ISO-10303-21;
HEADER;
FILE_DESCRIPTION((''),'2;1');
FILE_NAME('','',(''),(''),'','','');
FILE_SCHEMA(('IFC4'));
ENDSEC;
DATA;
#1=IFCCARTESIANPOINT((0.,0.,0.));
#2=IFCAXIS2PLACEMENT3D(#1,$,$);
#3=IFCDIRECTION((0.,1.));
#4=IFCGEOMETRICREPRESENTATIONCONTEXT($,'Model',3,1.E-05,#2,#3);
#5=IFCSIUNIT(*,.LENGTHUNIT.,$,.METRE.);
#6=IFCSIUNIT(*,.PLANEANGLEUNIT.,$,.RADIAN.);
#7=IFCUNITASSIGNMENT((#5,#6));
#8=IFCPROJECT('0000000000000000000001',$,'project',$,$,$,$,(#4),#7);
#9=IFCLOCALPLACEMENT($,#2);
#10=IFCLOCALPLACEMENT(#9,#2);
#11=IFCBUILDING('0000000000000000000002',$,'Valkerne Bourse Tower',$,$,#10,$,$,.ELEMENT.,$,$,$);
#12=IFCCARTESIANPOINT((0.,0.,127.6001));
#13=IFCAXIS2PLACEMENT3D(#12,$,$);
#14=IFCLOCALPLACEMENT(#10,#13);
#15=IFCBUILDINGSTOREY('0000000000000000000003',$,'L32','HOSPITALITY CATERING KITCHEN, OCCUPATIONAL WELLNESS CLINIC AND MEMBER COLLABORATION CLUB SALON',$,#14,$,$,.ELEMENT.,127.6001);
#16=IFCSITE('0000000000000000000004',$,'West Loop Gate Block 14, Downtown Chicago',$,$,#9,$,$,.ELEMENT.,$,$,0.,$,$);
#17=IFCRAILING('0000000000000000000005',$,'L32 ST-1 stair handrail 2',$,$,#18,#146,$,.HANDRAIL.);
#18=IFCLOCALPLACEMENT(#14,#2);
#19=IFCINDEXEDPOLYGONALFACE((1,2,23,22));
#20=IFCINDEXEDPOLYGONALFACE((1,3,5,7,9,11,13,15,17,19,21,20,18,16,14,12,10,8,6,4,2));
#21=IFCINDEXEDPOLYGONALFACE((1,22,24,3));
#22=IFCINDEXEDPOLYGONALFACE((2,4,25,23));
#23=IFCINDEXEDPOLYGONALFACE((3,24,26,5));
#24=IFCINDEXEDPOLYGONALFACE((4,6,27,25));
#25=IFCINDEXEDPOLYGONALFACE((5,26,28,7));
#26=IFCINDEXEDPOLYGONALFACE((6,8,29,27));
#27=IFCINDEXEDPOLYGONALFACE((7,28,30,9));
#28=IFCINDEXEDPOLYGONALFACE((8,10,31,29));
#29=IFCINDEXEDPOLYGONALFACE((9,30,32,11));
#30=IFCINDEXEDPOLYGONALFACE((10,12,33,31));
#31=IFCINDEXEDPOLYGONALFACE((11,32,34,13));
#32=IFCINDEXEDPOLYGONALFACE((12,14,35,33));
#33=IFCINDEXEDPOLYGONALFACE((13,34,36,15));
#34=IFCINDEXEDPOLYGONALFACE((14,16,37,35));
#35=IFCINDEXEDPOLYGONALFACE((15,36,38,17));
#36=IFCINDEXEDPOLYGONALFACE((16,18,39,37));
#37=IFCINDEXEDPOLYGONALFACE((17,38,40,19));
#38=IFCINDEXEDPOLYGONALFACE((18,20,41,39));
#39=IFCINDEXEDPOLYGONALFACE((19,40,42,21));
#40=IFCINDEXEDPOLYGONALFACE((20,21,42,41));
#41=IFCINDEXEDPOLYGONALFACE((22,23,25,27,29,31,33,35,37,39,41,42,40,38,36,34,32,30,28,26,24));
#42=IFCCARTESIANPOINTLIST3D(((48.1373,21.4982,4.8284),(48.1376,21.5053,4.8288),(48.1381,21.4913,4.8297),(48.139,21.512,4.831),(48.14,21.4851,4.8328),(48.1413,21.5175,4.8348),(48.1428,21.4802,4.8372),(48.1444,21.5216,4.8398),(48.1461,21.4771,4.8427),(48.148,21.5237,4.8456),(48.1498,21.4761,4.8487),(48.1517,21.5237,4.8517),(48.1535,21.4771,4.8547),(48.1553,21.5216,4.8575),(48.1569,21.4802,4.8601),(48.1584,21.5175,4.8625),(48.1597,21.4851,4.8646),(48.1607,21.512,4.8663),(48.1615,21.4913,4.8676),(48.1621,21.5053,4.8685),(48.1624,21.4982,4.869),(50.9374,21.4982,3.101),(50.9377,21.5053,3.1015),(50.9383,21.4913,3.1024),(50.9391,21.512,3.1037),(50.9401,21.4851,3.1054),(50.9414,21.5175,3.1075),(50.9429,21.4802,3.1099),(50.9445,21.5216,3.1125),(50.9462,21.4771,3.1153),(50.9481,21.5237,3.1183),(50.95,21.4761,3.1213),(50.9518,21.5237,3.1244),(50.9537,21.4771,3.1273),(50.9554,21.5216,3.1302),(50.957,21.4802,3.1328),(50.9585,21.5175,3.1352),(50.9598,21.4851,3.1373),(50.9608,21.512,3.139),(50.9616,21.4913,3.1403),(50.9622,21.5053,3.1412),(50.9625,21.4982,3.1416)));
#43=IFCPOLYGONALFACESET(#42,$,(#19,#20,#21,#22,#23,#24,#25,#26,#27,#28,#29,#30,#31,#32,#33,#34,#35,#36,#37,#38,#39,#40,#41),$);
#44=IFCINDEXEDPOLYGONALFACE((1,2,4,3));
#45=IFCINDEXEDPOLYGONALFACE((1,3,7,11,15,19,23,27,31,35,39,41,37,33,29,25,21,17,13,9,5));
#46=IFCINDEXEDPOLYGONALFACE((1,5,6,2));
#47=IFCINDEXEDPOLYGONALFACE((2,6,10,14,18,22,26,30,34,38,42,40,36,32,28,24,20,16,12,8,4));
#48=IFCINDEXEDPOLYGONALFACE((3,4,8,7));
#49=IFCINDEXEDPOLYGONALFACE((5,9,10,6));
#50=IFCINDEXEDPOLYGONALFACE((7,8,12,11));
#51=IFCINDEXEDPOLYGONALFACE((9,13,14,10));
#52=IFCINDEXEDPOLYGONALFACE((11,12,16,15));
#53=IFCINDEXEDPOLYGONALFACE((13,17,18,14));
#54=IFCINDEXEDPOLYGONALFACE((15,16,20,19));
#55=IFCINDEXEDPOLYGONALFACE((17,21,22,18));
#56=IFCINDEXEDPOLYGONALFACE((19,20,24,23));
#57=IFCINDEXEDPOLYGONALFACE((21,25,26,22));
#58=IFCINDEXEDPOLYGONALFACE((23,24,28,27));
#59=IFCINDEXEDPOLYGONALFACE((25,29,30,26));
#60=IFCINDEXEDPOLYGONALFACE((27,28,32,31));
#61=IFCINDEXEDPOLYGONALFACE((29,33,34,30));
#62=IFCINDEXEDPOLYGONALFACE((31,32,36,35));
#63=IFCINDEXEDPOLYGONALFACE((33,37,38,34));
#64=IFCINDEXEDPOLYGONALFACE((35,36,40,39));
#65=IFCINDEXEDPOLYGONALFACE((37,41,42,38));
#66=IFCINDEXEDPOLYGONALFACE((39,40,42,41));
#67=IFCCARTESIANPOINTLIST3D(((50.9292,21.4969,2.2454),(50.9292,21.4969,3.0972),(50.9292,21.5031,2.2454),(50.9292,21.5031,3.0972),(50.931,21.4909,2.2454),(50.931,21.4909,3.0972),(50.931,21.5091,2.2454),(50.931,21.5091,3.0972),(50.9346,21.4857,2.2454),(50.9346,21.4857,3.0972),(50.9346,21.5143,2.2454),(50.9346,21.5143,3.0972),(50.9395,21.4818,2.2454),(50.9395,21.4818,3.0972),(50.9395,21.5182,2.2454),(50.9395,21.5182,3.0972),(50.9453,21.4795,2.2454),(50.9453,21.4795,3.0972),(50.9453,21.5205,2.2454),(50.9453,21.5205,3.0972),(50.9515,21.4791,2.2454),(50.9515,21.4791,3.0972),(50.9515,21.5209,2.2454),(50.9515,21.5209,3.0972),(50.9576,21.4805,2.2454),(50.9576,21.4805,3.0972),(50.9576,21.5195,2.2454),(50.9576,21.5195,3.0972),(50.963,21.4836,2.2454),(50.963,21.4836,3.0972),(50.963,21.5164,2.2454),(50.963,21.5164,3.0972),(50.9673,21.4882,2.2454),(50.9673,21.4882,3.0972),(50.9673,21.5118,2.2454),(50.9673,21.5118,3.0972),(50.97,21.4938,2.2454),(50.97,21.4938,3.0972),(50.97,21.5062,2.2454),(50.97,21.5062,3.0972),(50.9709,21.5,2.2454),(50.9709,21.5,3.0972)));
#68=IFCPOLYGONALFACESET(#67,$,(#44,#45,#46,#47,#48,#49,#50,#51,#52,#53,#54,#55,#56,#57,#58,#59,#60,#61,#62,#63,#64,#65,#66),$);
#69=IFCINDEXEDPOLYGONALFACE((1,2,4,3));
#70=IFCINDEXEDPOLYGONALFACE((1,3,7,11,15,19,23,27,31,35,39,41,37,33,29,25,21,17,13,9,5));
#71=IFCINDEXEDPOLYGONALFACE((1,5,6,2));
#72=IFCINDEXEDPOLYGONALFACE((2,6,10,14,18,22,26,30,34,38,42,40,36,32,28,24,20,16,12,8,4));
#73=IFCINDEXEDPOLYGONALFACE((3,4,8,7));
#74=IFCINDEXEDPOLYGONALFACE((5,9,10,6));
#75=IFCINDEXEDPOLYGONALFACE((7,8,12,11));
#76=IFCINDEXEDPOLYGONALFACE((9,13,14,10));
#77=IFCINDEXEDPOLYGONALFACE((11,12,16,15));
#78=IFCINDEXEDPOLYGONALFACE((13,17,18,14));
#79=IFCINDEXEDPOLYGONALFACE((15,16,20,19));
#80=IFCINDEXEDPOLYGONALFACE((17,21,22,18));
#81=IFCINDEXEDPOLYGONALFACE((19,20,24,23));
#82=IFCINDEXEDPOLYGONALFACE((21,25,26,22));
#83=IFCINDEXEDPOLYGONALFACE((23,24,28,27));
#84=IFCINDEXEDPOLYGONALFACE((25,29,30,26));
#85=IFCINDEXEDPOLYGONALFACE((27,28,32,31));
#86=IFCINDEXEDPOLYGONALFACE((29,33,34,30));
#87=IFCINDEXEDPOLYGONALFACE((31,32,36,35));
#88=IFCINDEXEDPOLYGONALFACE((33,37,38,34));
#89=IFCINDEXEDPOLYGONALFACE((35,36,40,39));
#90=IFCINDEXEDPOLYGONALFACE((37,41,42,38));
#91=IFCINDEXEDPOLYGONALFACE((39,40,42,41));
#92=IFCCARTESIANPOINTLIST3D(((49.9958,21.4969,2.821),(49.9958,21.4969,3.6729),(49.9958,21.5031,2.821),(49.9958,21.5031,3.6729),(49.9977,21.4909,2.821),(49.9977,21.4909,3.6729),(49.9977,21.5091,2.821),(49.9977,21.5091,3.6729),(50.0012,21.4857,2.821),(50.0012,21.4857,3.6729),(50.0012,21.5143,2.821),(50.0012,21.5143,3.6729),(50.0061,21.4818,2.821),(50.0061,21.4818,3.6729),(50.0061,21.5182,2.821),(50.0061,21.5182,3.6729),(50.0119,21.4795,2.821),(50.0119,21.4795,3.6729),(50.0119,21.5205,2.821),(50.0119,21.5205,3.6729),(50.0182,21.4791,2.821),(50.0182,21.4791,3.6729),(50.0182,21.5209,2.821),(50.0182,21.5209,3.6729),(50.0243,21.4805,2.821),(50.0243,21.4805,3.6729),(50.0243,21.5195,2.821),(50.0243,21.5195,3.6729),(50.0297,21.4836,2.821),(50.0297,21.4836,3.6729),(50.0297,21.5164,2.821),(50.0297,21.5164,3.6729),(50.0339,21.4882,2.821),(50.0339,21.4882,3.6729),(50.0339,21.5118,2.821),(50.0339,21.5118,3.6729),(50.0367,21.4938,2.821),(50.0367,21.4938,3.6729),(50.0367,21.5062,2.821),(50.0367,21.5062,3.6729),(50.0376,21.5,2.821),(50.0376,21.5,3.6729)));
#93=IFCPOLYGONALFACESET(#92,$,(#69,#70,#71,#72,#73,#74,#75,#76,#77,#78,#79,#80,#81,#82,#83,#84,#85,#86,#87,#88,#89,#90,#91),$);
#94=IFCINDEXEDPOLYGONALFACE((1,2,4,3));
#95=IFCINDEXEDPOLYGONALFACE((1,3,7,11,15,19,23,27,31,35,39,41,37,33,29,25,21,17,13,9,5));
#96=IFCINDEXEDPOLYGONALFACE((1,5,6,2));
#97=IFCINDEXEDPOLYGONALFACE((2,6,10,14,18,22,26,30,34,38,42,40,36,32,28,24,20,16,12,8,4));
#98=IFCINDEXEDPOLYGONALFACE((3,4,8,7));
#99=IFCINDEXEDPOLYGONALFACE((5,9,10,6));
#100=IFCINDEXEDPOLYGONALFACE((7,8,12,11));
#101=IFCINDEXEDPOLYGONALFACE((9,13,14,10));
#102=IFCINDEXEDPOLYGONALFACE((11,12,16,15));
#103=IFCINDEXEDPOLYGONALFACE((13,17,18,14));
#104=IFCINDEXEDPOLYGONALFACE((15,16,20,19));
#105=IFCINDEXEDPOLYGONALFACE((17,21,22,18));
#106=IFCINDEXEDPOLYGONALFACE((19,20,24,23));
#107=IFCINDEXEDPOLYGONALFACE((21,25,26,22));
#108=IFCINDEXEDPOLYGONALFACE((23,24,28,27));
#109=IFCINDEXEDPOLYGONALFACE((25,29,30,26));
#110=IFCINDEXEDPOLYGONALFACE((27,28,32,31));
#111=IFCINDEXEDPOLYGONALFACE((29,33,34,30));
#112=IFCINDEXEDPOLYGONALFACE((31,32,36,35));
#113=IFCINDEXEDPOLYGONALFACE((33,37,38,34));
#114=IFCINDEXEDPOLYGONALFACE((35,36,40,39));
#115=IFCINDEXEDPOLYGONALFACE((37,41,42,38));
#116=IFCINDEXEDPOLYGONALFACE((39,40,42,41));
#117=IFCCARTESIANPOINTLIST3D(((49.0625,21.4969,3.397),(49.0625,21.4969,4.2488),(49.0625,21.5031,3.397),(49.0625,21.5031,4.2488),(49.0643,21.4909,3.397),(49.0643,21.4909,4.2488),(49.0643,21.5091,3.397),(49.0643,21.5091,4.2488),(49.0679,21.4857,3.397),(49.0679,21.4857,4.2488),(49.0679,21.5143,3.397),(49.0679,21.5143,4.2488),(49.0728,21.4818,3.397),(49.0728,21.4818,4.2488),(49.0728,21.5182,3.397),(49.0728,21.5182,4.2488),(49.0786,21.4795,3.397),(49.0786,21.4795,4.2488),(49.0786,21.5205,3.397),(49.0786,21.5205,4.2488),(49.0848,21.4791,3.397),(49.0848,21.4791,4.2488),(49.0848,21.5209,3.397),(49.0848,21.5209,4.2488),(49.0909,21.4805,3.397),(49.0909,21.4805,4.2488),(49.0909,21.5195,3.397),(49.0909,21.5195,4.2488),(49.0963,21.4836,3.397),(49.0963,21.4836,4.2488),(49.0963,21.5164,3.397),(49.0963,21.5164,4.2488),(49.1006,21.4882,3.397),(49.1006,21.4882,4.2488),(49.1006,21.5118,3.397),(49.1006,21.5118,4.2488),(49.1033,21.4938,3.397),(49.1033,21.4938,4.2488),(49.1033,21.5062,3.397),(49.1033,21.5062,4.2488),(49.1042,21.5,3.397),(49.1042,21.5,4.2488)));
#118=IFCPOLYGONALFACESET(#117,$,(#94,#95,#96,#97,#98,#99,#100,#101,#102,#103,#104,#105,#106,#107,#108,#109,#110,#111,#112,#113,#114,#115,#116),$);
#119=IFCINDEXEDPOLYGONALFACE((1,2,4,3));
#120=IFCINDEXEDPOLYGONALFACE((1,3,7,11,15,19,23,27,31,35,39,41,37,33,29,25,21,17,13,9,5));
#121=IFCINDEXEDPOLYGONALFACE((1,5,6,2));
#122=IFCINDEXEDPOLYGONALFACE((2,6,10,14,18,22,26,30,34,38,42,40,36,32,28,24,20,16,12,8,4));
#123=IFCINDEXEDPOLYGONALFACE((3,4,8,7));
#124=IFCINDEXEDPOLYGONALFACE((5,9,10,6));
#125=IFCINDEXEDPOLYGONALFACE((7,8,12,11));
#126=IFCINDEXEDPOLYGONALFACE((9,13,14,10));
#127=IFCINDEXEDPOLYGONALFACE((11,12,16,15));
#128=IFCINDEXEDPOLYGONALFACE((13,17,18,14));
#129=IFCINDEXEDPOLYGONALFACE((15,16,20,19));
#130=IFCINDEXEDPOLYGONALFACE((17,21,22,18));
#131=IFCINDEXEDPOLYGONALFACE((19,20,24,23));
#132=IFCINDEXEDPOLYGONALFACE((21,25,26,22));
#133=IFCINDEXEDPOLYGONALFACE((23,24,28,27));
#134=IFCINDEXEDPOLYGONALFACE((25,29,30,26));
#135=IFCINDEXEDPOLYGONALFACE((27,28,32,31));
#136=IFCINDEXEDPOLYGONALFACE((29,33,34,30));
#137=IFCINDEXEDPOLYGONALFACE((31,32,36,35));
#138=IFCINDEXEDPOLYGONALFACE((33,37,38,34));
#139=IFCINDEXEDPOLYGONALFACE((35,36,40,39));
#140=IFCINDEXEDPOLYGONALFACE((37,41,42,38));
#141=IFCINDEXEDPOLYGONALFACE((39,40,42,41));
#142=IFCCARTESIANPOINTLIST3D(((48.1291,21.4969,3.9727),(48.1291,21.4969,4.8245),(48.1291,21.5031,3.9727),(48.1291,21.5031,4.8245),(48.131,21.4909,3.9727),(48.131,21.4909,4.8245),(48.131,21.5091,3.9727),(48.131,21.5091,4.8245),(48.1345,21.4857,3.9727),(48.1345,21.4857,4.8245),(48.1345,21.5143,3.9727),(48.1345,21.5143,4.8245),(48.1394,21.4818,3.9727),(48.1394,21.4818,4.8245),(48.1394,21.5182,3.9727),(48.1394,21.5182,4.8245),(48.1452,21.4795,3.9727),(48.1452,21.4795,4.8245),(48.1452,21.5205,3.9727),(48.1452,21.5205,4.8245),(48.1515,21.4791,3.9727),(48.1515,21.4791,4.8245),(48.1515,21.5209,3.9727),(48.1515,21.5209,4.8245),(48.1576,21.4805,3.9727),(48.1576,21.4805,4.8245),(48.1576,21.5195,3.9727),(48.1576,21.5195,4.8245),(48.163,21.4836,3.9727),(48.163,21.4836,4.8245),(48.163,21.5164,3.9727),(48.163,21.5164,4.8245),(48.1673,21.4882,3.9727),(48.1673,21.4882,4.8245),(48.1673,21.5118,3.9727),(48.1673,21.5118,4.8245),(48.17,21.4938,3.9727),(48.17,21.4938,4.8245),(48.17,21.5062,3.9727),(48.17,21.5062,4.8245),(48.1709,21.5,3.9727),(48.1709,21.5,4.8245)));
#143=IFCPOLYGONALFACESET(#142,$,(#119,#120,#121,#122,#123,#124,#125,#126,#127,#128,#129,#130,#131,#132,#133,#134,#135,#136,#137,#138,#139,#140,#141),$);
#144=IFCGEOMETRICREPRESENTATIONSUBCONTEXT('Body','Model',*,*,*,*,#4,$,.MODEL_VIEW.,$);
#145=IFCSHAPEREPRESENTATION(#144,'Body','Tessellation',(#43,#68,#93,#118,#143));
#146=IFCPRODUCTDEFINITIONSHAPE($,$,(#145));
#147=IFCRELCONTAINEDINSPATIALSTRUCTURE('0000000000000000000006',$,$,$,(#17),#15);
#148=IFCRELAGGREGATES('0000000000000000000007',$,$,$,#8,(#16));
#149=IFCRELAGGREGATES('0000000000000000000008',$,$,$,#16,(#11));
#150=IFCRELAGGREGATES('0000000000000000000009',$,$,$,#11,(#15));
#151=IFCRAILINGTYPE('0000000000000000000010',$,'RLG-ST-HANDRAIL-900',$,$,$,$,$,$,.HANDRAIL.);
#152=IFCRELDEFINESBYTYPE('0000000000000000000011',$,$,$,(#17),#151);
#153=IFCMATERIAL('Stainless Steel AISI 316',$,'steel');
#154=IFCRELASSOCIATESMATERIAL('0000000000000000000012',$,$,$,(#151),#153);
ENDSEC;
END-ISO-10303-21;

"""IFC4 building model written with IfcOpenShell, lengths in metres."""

from ifc_helpers import new_model, si_unit, direction, frame, origin, origin_2d, place, context, subcontext, project, spatial, circle, extrude, material, type_object, element, save


model = new_model("IFC4")

# Units and contexts
model_context = context("Model", 3, precision=1e-05, world=origin(), true_north=direction((0.0, 1.0)))
body_context = subcontext(model_context, "Body", "Model", "MODEL_VIEW")
ifc_project = project(units=[si_unit("LENGTHUNIT", "METRE"), si_unit("PLANEANGLEUNIT", "RADIAN")], contexts=[model_context])

# Site, building, storey
site_placement = place(None, origin())
site = spatial("IfcSite", under=ifc_project, at=site_placement, Name="West Loop Gate Block 14, Downtown Chicago", CompositionType="ELEMENT", RefElevation=0.0)
building_placement = place(site_placement, origin())
building = spatial("IfcBuilding", under=site, at=building_placement, Name="Valkerne Bourse Tower", CompositionType="ELEMENT")
storey_placement = place(building_placement, frame((0.0, 0.0, 127.6001)))
storey = spatial("IfcBuildingStorey", under=building, at=storey_placement, Name="L32", Description="HOSPITALITY CATERING KITCHEN, OCCUPATIONAL WELLNESS CLINIC AND MEMBER COLLABORATION CLUB SALON", CompositionType="ELEMENT", Elevation=127.6001)

# Shared definitions
ifc_material_1 = material(Name="Stainless Steel AISI 316", Category="steel")

# Railing
railing_type_1 = type_object("IfcRailingType", Name="RLG-ST-HANDRAIL-900", PredefinedType="HANDRAIL", material=ifc_material_1)
railing_1_placement = place(storey_placement, frame((50.95, 21.5, 2.2454)))
element("IfcRailing", 1, at=railing_1_placement, inside=storey, type_object=railing_type_1, Name="L32 ST-1 stair handrail 2", PredefinedType="HANDRAIL", context=body_context, shape_type="SweptSolid", body=[
    extrude(circle(Radius=0.0239, at=origin_2d()), frame((0.0, 0.0, 0.876), z_axis=(-0.85109, 0.0, 0.52502), x_axis=(0.0, -1.0, 0.0)), (0.0, 0.0, 1.0), 3.29),
    extrude(circle(Radius=0.021, at=origin_2d()), origin(), (0.0, 0.0, 1.0), 0.8518),
    extrude(circle(Radius=0.021, at=origin_2d()), frame((-0.9333, 0.0, 0.5757)), (0.0, 0.0, 1.0), 0.8518),
    extrude(circle(Radius=0.021, at=origin_2d()), frame((-1.8667, 0.0, 1.1516)), (0.0, 0.0, 1.0), 0.8518),
    extrude(circle(Radius=0.021, at=origin_2d()), frame((-2.8, 0.0, 1.7273)), (0.0, 0.0, 1.0), 0.8518),
])

save(model, "model.ifc")
